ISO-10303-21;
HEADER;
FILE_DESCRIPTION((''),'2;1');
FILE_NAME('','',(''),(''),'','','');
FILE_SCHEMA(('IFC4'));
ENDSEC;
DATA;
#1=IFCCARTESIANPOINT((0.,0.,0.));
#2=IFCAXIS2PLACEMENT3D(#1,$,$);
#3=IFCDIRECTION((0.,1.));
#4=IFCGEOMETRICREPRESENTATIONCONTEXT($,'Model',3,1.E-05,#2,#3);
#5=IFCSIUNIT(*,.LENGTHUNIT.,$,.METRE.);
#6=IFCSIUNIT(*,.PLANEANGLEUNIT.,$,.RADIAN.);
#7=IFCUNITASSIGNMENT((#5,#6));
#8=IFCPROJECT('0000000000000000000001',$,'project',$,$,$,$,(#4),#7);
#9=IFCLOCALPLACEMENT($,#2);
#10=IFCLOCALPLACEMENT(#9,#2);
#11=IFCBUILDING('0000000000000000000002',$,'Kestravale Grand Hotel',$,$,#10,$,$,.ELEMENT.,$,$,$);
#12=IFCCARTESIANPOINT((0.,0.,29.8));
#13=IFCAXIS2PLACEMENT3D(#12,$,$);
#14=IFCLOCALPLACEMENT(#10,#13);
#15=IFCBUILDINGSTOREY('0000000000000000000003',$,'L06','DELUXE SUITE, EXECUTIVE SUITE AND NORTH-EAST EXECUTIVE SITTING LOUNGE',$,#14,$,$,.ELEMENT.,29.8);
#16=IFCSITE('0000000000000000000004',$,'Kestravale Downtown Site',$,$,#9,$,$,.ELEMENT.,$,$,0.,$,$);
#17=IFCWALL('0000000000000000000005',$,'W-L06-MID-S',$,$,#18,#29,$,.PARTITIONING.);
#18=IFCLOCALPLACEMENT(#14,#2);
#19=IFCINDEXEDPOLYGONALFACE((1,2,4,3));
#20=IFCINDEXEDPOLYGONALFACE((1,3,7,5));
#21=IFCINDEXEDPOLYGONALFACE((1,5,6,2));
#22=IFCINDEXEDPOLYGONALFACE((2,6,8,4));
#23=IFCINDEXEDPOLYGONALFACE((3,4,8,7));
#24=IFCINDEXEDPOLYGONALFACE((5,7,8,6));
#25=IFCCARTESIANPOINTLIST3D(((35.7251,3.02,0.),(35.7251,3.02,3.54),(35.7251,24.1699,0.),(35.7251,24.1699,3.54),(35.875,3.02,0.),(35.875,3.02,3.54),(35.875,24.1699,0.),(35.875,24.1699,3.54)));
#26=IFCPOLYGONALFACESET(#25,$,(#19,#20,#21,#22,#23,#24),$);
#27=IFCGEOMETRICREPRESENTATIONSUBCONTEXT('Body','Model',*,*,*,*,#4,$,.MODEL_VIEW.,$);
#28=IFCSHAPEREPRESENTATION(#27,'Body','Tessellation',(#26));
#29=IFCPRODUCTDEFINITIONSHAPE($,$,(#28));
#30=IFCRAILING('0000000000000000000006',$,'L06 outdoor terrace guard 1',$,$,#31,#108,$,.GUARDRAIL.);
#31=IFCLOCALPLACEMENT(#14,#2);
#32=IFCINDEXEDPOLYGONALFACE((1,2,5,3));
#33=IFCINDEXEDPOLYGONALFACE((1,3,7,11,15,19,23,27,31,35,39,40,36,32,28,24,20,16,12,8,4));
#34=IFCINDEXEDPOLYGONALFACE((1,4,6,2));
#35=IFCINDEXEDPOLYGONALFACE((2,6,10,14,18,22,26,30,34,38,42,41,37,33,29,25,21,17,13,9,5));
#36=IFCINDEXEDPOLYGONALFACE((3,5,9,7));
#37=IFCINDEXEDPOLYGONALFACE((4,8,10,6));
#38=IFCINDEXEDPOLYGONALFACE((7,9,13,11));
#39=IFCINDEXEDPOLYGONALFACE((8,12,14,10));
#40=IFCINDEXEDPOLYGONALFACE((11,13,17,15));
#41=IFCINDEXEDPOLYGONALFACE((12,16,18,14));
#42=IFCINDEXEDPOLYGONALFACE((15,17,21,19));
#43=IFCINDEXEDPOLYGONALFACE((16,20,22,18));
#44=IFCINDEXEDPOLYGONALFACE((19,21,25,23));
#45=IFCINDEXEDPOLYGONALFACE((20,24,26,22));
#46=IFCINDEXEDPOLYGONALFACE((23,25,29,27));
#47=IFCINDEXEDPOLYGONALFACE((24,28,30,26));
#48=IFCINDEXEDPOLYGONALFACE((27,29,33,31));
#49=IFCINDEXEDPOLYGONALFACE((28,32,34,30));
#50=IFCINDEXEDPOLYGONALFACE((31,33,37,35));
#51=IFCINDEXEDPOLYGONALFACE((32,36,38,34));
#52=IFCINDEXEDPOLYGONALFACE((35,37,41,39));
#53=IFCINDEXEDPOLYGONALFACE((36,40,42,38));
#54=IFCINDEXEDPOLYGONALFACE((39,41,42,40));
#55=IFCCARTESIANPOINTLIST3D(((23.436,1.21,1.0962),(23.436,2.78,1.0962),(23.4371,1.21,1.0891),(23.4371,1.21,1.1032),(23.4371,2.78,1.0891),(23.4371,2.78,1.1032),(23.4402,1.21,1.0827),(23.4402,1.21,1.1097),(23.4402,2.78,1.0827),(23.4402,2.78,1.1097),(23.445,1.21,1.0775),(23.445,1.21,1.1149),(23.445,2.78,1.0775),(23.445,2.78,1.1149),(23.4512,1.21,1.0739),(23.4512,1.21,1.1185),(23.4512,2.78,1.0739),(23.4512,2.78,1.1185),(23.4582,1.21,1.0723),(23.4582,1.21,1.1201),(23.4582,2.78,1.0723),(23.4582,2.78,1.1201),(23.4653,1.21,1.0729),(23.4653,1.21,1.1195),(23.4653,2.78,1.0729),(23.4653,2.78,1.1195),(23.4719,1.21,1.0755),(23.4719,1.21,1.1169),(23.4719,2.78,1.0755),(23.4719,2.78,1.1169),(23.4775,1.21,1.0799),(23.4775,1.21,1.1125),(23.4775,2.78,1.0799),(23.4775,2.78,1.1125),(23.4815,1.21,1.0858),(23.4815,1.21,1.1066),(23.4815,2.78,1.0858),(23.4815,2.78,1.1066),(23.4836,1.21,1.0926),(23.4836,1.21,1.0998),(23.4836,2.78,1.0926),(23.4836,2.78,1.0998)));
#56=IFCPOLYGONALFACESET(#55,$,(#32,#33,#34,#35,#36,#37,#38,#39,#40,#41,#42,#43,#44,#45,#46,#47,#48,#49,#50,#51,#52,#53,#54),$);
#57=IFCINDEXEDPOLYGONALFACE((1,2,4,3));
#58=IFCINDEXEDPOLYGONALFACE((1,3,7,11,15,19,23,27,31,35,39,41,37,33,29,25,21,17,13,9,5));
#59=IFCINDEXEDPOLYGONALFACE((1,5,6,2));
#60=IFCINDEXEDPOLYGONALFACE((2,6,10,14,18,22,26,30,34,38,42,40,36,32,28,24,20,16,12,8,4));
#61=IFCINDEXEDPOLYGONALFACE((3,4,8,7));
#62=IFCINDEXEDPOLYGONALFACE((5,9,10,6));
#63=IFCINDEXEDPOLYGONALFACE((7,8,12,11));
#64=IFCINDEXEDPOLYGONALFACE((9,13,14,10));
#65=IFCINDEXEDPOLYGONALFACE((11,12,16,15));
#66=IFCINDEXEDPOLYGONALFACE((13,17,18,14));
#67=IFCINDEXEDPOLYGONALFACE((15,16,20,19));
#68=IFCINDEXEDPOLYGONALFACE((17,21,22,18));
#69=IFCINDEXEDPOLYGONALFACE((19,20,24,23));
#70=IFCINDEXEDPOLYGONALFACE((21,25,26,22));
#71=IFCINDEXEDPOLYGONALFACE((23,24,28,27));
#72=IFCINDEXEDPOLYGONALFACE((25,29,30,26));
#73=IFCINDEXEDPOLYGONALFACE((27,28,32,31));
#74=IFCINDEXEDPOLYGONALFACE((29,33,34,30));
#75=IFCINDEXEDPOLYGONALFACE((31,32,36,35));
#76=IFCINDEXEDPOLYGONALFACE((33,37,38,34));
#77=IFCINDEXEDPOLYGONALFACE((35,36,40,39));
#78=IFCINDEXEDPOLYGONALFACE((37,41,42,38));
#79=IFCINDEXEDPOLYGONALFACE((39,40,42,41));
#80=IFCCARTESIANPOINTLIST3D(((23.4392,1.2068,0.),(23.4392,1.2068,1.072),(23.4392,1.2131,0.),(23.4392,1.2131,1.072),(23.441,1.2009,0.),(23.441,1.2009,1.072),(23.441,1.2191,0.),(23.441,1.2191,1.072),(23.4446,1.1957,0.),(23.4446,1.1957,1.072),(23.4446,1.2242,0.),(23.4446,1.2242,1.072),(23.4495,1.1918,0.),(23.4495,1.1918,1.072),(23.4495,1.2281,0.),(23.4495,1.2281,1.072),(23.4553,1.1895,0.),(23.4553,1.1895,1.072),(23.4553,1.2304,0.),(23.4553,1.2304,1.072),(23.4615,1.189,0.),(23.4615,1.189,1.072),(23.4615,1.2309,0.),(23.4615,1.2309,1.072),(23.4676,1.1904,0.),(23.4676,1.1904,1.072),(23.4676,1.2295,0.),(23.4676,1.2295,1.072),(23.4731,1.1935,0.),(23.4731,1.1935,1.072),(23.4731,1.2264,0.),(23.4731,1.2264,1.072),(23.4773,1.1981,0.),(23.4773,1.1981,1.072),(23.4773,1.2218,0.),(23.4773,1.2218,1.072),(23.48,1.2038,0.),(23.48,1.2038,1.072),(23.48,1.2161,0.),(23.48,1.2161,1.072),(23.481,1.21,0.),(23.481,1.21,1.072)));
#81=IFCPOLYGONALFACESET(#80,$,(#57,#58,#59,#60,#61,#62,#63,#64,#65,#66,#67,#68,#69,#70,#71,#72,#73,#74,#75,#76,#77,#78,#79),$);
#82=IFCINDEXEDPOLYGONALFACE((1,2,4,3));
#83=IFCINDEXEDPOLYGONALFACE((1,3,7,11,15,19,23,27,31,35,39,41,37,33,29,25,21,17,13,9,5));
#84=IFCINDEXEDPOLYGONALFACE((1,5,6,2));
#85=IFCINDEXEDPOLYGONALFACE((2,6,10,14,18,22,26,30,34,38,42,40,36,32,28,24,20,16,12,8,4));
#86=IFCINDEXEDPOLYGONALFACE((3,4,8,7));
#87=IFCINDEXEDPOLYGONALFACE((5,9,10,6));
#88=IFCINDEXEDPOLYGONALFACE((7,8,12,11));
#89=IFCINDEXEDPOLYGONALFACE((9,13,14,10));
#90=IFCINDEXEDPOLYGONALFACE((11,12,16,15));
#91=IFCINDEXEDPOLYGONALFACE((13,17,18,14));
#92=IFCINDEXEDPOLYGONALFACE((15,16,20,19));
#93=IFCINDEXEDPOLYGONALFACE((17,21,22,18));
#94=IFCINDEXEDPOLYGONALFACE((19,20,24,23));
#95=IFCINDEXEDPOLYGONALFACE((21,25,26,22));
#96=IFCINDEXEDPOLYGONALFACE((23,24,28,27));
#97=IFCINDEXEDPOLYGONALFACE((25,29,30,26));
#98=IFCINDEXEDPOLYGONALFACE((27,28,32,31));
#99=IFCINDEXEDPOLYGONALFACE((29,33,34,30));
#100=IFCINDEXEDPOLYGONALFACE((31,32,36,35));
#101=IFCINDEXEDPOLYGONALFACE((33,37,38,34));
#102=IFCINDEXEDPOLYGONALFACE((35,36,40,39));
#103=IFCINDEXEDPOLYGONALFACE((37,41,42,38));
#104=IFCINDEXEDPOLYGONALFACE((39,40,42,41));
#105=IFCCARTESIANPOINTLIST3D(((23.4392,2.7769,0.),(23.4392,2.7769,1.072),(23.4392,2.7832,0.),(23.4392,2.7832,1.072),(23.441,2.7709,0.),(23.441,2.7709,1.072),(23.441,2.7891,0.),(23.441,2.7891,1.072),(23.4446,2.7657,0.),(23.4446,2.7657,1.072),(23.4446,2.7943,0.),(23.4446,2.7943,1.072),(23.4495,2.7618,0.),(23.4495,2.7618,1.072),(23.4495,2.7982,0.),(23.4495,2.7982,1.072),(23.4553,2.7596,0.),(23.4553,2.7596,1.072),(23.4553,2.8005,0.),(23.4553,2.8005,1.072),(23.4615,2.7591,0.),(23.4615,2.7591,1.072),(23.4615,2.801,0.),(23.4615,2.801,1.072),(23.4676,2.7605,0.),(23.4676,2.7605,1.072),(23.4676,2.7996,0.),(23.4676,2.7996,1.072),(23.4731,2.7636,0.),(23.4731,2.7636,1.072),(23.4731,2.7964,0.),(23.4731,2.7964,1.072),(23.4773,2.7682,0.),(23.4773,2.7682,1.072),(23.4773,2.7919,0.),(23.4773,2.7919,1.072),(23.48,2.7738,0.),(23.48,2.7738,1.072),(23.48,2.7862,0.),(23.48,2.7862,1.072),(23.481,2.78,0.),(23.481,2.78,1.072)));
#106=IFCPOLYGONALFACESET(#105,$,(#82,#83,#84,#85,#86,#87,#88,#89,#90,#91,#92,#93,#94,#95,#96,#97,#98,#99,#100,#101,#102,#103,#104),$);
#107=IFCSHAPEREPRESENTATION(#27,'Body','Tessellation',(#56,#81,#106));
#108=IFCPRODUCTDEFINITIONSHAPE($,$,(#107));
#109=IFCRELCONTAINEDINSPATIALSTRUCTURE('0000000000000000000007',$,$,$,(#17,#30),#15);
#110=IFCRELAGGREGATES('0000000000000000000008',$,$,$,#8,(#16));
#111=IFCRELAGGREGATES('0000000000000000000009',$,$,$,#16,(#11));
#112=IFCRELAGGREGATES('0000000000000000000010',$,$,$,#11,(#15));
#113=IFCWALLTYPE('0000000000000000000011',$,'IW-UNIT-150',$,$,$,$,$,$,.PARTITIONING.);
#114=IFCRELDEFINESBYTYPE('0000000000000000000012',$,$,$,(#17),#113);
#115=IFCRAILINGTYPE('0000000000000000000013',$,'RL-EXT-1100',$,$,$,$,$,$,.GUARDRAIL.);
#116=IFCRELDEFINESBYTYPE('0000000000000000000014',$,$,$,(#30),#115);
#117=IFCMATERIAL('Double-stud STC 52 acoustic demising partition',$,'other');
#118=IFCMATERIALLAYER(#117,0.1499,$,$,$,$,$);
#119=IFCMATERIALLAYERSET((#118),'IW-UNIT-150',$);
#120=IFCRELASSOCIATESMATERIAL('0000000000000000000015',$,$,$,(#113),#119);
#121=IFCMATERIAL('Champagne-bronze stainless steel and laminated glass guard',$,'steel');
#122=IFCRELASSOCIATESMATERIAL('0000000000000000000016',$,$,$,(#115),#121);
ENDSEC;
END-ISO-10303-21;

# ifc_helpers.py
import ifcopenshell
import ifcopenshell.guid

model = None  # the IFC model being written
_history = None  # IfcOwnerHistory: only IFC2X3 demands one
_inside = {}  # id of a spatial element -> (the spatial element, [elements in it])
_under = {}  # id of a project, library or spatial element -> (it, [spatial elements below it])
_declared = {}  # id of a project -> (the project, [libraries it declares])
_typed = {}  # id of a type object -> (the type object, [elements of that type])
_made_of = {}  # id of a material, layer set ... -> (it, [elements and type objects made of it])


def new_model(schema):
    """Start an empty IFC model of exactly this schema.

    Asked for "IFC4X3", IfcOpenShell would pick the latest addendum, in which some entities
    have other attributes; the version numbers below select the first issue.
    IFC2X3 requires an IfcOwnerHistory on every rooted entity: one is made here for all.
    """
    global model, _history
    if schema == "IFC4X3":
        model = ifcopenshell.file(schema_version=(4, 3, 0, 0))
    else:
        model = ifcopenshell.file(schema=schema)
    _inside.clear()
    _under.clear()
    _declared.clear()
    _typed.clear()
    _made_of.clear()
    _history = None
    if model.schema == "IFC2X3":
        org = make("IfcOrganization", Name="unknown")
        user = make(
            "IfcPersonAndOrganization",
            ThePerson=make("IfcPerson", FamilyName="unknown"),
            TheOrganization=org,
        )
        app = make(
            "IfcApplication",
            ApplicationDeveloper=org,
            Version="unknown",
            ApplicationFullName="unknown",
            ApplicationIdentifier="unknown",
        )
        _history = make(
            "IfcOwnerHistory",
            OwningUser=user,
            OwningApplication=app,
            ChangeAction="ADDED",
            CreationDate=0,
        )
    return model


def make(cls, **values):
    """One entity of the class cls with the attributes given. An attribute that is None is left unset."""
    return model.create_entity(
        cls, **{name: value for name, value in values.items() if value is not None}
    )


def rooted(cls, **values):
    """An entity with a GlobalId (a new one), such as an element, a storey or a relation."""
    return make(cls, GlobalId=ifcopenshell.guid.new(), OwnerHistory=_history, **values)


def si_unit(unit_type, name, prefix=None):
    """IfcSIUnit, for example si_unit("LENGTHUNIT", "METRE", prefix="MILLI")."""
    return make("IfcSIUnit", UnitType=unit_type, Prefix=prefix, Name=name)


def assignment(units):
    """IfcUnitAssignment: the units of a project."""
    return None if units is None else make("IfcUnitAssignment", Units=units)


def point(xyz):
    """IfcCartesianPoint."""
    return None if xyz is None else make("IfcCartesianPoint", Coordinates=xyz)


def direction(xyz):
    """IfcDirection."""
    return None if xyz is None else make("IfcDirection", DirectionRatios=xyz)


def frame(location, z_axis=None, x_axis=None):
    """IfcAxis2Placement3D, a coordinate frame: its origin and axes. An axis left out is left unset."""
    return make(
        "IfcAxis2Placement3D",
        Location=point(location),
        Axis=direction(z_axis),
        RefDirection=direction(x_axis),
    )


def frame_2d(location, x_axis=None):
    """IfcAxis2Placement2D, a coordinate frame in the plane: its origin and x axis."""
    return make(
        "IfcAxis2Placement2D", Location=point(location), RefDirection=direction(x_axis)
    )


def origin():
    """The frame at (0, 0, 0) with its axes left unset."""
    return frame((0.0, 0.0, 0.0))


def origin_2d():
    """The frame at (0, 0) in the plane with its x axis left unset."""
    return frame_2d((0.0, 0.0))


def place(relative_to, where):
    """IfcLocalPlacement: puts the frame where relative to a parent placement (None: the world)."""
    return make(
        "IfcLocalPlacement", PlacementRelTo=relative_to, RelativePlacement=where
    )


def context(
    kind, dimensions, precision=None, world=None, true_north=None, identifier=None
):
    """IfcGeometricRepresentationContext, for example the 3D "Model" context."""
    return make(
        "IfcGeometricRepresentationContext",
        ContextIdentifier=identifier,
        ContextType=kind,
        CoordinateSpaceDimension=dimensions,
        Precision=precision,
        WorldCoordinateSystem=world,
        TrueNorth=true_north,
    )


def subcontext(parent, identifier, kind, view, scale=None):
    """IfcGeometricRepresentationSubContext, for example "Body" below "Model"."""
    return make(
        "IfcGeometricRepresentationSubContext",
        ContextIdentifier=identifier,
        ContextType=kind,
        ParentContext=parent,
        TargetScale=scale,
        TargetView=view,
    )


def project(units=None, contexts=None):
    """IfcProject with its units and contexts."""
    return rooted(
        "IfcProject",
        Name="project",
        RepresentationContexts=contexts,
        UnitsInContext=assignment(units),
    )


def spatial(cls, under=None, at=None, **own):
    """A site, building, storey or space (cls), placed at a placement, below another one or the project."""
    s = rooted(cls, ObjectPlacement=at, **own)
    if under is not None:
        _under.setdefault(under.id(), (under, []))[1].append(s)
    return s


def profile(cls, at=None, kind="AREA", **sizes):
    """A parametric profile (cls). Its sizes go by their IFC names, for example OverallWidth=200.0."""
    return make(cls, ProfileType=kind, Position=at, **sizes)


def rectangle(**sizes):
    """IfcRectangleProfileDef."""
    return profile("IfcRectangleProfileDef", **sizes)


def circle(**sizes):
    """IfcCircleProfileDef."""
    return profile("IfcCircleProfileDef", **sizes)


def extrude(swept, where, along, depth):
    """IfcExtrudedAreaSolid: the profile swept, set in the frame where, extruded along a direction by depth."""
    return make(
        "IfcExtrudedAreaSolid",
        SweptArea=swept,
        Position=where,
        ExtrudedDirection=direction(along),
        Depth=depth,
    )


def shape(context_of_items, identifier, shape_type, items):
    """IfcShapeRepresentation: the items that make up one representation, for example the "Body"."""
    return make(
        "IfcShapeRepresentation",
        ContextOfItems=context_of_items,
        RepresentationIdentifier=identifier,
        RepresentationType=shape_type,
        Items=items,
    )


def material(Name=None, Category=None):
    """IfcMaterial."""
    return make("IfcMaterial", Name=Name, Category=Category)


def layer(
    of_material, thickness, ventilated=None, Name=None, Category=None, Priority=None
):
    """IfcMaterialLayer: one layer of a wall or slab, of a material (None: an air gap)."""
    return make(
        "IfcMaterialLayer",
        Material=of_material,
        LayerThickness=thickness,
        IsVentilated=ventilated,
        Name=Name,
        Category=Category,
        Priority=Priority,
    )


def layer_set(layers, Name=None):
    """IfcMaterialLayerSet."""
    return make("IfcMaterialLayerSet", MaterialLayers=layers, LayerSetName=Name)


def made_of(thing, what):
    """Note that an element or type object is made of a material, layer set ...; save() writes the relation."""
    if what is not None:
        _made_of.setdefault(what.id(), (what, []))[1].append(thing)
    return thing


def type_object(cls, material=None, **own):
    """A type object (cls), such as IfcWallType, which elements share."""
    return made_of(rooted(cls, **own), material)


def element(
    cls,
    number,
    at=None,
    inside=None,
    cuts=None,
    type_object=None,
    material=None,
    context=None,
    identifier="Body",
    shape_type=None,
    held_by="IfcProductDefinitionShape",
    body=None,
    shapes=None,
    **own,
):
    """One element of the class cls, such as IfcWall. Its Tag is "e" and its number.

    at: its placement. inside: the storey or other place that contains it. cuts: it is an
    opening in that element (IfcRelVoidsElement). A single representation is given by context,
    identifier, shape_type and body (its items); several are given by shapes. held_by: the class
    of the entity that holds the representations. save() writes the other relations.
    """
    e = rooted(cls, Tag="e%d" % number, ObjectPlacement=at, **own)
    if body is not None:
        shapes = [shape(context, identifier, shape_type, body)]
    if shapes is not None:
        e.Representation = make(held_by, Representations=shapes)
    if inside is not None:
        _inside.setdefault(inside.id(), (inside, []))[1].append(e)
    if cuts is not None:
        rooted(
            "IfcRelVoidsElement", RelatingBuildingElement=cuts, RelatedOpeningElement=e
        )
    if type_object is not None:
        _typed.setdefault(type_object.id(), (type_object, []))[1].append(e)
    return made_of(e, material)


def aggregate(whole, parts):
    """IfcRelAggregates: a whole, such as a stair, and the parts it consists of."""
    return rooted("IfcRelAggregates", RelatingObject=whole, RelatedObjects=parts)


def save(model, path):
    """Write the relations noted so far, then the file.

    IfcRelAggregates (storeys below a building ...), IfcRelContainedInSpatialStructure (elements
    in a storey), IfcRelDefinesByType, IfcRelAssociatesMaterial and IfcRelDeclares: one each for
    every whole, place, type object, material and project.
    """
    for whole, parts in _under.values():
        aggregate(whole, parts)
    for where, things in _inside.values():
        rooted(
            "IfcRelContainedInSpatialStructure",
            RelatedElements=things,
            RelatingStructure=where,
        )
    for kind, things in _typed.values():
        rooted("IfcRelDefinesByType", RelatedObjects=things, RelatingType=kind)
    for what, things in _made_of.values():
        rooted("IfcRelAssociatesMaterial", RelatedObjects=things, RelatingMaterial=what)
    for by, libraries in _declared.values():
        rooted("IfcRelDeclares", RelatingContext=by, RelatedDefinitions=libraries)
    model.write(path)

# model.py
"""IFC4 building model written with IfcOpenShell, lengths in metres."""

from ifc_helpers import new_model, si_unit, direction, frame, frame_2d, origin, origin_2d, place, context, subcontext, project, spatial, rectangle, circle, extrude, material, layer, layer_set, type_object, element, save


model = new_model("IFC4")

# Units and contexts
model_context = context("Model", 3, precision=1e-05, world=origin(), true_north=direction((0.0, 1.0)))
body_context = subcontext(model_context, "Body", "Model", "MODEL_VIEW")
ifc_project = project(units=[si_unit("LENGTHUNIT", "METRE"), si_unit("PLANEANGLEUNIT", "RADIAN")], contexts=[model_context])

# Site, building, storey
site_placement = place(None, origin())
site = spatial("IfcSite", under=ifc_project, at=site_placement, Name="Kestravale Downtown Site", CompositionType="ELEMENT", RefElevation=0.0)
building_placement = place(site_placement, origin())
building = spatial("IfcBuilding", under=site, at=building_placement, Name="Kestravale Grand Hotel", CompositionType="ELEMENT")
storey_placement = place(building_placement, frame((0.0, 0.0, 29.8)))
storey = spatial("IfcBuildingStorey", under=building, at=storey_placement, Name="L06", Description="DELUXE SUITE, EXECUTIVE SUITE AND NORTH-EAST EXECUTIVE SITTING LOUNGE", CompositionType="ELEMENT", Elevation=29.8)

# Wall
ifc_material_1 = material(Name="Double-stud STC 52 acoustic demising partition", Category="other")
ifc_layer = layer(ifc_material_1, 0.1499)
ifc_layer_set = layer_set([ifc_layer], Name="IW-UNIT-150")
wall_type = type_object("IfcWallType", Name="IW-UNIT-150", PredefinedType="PARTITIONING", material=ifc_layer_set)
wall_1_placement = place(storey_placement, frame((35.8, 3.02, 0.0), z_axis=(0.0, 0.0, 1.0), x_axis=(0.0, 1.0, 0.0)))
element("IfcWall", 1, at=wall_1_placement, inside=storey, type_object=wall_type, Name="W-L06-MID-S", PredefinedType="PARTITIONING", context=body_context, shape_type="SweptSolid", body=[
    extrude(rectangle(XDim=21.1499, YDim=0.1499, at=frame_2d((10.575, 0.0))), origin(), (0.0, 0.0, 1.0), 3.54),
])

# Railing
ifc_material_2 = material(Name="Champagne-bronze stainless steel and laminated glass guard", Category="steel")
railing_type = type_object("IfcRailingType", Name="RL-EXT-1100", PredefinedType="GUARDRAIL", material=ifc_material_2)
railing_1_placement = place(storey_placement, frame((23.46, 1.21, 0.0)))
element("IfcRailing", 2, at=railing_1_placement, inside=storey, type_object=railing_type, Name="L06 outdoor terrace guard 1", PredefinedType="GUARDRAIL", context=body_context, shape_type="SweptSolid", body=[
    extrude(circle(Radius=0.0239, at=origin_2d()), frame((0.0, 0.0, 1.0962), z_axis=(0.0, 1.0, 0.0), x_axis=(-1.0, 0.0, 0.0)), (0.0, 0.0, 1.0), 1.5701),
    extrude(circle(Radius=0.021, at=origin_2d()), origin(), (0.0, 0.0, 1.0), 1.072),
    extrude(circle(Radius=0.021, at=origin_2d()), frame((0.0, 1.5701, 0.0)), (0.0, 0.0, 1.0), 1.072),
])

save(model, "model.ifc")
